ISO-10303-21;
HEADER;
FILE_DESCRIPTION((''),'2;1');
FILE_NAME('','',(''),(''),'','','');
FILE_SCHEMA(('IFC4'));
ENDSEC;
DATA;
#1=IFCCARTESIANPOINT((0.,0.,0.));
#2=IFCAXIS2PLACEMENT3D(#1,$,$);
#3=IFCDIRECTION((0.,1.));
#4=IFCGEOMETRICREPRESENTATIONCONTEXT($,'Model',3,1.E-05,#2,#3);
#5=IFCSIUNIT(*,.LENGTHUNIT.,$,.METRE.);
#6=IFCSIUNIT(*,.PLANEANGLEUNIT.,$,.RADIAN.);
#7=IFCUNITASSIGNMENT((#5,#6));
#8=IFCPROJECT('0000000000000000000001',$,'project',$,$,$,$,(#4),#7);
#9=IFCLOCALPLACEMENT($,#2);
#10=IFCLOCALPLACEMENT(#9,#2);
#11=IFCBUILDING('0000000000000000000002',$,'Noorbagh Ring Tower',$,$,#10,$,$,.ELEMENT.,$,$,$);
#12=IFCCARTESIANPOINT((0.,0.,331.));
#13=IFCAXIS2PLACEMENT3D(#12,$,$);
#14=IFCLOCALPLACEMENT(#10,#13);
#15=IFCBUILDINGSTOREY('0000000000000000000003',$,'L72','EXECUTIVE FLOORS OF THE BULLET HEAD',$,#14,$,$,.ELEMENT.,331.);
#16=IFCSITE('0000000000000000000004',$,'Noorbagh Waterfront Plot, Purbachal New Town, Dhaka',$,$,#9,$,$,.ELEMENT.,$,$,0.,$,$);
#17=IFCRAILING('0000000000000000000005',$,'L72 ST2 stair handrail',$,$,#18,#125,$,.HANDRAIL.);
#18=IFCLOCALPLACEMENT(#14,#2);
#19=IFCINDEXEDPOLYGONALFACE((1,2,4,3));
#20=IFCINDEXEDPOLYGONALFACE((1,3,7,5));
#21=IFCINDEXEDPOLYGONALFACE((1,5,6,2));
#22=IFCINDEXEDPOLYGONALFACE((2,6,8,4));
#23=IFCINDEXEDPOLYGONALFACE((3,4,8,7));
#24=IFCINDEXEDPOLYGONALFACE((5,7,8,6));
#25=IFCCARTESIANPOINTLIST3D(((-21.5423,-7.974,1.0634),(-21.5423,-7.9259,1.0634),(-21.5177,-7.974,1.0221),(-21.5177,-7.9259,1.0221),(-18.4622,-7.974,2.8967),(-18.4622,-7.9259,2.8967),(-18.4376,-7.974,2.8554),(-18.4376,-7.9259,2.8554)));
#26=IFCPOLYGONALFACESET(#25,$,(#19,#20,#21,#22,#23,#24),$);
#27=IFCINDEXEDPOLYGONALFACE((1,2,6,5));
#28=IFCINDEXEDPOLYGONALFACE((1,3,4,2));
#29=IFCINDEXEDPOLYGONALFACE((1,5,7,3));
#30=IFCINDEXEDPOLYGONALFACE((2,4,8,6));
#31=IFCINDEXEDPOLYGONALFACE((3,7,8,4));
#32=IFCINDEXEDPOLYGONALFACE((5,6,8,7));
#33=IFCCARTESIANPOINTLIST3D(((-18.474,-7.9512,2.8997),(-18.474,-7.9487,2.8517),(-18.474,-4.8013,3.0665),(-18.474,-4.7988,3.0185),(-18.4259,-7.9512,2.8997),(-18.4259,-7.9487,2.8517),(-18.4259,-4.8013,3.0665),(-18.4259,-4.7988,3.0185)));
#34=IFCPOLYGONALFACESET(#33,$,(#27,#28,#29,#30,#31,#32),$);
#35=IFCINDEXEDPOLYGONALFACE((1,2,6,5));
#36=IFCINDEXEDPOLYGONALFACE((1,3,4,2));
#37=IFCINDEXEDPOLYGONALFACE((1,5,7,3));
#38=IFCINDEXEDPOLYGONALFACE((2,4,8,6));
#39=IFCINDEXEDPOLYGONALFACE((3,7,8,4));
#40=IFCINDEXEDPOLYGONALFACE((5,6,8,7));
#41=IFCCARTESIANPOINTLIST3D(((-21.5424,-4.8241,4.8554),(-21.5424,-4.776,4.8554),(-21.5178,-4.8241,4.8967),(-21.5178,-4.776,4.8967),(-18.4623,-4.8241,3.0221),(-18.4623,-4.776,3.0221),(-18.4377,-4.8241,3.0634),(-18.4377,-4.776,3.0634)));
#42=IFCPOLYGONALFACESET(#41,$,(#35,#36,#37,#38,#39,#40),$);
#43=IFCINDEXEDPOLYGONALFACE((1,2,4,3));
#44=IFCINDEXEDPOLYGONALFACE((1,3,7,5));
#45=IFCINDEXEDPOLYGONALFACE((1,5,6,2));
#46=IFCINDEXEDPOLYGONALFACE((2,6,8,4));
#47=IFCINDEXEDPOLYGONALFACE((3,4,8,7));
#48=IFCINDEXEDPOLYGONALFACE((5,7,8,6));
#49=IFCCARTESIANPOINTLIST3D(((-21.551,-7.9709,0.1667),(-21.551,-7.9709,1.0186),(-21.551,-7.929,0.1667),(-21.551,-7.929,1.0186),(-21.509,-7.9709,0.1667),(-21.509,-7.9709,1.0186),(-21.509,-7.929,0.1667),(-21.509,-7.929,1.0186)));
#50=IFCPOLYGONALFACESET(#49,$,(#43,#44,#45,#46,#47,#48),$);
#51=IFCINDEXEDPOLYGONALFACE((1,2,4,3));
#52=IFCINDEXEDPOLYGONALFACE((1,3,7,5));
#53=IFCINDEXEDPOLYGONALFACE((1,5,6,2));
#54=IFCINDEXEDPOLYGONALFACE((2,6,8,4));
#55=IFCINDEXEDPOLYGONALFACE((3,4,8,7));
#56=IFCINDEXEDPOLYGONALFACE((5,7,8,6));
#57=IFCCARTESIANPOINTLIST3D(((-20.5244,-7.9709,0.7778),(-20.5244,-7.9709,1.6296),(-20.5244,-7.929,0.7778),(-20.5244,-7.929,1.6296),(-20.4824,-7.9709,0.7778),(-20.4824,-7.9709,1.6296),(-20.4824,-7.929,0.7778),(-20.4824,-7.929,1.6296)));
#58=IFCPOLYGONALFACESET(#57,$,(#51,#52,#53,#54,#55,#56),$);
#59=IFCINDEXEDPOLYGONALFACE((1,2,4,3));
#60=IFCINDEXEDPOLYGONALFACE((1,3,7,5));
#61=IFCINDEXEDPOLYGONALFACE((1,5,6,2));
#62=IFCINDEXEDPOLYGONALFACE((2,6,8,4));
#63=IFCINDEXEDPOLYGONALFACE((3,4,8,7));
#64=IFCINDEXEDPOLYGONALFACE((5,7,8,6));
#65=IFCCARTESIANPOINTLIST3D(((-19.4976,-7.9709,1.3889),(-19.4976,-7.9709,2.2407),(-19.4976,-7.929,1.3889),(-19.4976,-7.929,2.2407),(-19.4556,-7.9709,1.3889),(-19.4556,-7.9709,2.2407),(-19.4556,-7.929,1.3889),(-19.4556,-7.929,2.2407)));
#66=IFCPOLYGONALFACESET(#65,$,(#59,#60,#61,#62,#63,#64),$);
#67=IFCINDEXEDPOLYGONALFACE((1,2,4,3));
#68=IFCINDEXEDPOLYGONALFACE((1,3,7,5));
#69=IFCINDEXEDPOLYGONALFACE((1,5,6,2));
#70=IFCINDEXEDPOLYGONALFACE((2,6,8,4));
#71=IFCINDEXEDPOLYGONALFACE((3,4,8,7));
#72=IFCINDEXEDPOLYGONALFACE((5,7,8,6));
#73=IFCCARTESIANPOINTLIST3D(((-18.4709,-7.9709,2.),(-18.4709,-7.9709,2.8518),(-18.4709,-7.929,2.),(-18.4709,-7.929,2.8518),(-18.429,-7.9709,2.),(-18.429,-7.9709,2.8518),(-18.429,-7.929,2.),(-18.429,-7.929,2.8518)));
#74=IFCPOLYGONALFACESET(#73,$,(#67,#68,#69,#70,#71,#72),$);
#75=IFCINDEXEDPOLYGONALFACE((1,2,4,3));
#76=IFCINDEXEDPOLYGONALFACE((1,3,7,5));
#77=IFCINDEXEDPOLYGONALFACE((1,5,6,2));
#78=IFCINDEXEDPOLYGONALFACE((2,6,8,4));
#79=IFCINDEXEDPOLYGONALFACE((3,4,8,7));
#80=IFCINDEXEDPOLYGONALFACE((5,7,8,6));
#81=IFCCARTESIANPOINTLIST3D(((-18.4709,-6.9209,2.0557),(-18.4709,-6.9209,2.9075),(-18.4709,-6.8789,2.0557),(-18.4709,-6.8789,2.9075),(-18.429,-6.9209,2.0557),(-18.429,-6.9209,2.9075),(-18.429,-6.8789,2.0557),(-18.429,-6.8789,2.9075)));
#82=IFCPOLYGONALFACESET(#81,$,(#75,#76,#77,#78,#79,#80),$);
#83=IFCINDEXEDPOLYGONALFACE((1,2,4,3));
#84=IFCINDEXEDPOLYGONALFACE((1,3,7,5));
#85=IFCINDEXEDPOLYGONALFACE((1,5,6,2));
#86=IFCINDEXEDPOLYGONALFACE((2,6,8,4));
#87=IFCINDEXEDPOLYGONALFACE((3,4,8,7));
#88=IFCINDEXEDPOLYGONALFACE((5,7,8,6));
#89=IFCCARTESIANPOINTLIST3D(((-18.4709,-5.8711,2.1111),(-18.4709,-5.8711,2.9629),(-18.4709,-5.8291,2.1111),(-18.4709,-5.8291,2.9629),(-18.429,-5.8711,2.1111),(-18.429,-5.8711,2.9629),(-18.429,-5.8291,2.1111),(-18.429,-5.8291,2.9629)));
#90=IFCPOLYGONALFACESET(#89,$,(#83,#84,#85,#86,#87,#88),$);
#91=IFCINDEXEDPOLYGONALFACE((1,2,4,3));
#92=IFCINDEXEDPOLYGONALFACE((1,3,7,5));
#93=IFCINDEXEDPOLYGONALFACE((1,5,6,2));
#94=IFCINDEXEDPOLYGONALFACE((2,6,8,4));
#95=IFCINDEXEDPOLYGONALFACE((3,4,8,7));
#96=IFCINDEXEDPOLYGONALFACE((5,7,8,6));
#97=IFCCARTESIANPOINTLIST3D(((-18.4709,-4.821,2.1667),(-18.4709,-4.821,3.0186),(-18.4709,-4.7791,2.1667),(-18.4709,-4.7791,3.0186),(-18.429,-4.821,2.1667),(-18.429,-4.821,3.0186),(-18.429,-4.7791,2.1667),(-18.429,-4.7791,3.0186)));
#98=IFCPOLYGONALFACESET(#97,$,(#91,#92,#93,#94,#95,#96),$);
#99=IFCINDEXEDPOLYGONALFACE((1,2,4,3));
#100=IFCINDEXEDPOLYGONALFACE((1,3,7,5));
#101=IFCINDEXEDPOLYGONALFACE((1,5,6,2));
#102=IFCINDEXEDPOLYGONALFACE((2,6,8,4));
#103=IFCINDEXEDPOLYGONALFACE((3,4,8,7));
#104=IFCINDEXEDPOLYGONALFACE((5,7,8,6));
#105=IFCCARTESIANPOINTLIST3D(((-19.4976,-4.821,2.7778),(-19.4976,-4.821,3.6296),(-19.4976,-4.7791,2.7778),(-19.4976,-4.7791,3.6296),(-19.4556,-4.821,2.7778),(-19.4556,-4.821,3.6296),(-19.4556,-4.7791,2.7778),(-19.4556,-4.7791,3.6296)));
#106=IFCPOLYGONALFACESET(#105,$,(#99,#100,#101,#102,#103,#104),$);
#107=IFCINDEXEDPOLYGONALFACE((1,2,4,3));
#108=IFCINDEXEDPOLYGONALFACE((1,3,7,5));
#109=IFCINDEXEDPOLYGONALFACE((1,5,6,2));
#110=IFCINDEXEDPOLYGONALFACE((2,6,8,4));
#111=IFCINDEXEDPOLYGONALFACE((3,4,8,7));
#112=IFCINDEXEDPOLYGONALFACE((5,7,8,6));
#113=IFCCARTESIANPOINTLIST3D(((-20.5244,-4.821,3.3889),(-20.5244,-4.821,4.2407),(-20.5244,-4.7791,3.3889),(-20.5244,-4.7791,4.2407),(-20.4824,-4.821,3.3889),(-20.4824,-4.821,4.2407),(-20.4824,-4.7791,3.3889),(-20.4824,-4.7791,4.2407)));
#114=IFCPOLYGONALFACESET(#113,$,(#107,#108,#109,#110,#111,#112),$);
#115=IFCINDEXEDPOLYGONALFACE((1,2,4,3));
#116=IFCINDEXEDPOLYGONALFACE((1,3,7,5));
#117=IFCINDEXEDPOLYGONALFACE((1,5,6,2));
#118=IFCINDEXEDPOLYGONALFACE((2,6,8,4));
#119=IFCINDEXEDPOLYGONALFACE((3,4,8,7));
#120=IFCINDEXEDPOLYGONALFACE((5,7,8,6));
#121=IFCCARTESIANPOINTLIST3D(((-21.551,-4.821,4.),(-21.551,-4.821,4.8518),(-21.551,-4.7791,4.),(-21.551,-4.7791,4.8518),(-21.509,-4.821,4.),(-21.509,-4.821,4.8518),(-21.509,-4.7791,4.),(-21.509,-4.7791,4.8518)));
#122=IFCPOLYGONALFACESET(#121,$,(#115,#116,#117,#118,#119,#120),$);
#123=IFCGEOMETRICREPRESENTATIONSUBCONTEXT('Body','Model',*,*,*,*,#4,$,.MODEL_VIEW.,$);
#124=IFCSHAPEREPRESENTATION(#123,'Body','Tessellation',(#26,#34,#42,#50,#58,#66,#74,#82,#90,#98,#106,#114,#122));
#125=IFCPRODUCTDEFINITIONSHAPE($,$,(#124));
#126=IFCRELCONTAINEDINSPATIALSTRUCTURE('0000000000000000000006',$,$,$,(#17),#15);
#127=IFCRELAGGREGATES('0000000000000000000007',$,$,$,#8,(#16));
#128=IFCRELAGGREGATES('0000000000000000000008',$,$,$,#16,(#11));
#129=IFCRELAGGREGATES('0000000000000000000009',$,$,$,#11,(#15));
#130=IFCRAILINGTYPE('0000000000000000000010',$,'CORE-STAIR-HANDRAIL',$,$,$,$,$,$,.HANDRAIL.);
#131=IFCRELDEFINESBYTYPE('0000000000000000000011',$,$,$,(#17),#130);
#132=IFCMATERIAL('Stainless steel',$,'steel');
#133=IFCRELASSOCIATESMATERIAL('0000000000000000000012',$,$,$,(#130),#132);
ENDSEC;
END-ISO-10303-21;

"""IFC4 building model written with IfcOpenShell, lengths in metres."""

from ifc_helpers import new_model, si_unit, direction, frame, origin, origin_2d, place, context, subcontext, project, spatial, rectangle, extrude, material, type_object, element, save


model = new_model("IFC4")

# Units and contexts
model_context = context("Model", 3, precision=1e-05, world=origin(), true_north=direction((0.0, 1.0)))
body_context = subcontext(model_context, "Body", "Model", "MODEL_VIEW")
ifc_project = project(units=[si_unit("LENGTHUNIT", "METRE"), si_unit("PLANEANGLEUNIT", "RADIAN")], contexts=[model_context])

# Site, building, storey
site_placement = place(None, origin())
site = spatial("IfcSite", under=ifc_project, at=site_placement, Name="Noorbagh Waterfront Plot, Purbachal New Town, Dhaka", CompositionType="ELEMENT", RefElevation=0.0)
building_placement = place(site_placement, origin())
building = spatial("IfcBuilding", under=site, at=building_placement, Name="Noorbagh Ring Tower", CompositionType="ELEMENT")
storey_placement = place(building_placement, frame((0.0, 0.0, 331.0)))
storey = spatial("IfcBuildingStorey", under=building, at=storey_placement, Name="L72", Description="EXECUTIVE FLOORS OF THE BULLET HEAD", CompositionType="ELEMENT", Elevation=331.0)

# Railing
ifc_material_1 = material(Name="Stainless steel", Category="steel")
railing_type_1 = type_object("IfcRailingType", Name="CORE-STAIR-HANDRAIL", PredefinedType="HANDRAIL", material=ifc_material_1)
railing_1_placement = place(storey_placement, frame((-21.53, -7.95, 0.1667)))
element("IfcRailing", 1, at=railing_1_placement, inside=storey, type_object=railing_type_1, Name="L72 ST2 stair handrail", PredefinedType="HANDRAIL", context=body_context, shape_type="SweptSolid", body=[
    extrude(rectangle(XDim=0.0481, YDim=0.0481, at=origin_2d()), frame((0.0, 0.0, 0.876), z_axis=(0.859309, 0.0, 0.511458), x_axis=(0.0, 1.0, 0.0)), (0.0, 0.0, 1.0), 3.5845),
    extrude(rectangle(XDim=0.0481, YDim=0.0481, at=origin_2d()), frame((3.0801, 0.0, 2.709), z_axis=(0.0, 0.998602, 0.052864), x_axis=(-1.0, 0.0, 0.0)), (0.0, 0.0, 1.0), 3.1543),
    extrude(rectangle(XDim=0.0481, YDim=0.0481, at=origin_2d()), frame((3.0801, 3.1499, 2.876), z_axis=(-0.859309, 0.0, 0.511458), x_axis=(0.0, -1.0, 0.0)), (0.0, 0.0, 1.0), 3.5845),
    extrude(rectangle(XDim=0.042, YDim=0.042, at=origin_2d()), origin(), (0.0, 0.0, 1.0), 0.8518),
    extrude(rectangle(XDim=0.042, YDim=0.042, at=origin_2d()), frame((1.0266, 0.0, 0.6111)), (0.0, 0.0, 1.0), 0.8518),
    extrude(rectangle(XDim=0.042, YDim=0.042, at=origin_2d()), frame((2.0535, 0.0, 1.2222)), (0.0, 0.0, 1.0), 0.8518),
    extrude(rectangle(XDim=0.042, YDim=0.042, at=origin_2d()), frame((3.0801, 0.0, 1.8333)), (0.0, 0.0, 1.0), 0.8518),
    extrude(rectangle(XDim=0.042, YDim=0.042, at=origin_2d()), frame((3.0801, 1.05, 1.8889)), (0.0, 0.0, 1.0), 0.8518),
    extrude(rectangle(XDim=0.042, YDim=0.042, at=origin_2d()), frame((3.0801, 2.0999, 1.9443)), (0.0, 0.0, 1.0), 0.8518),
    extrude(rectangle(XDim=0.042, YDim=0.042, at=origin_2d()), frame((3.0801, 3.1499, 2.0)), (0.0, 0.0, 1.0), 0.8518),
    extrude(rectangle(XDim=0.042, YDim=0.042, at=origin_2d()), frame((2.0535, 3.1499, 2.6111)), (0.0, 0.0, 1.0), 0.8518),
    extrude(rectangle(XDim=0.042, YDim=0.042, at=origin_2d()), frame((1.0266, 3.1499, 3.2222)), (0.0, 0.0, 1.0), 0.8518),
    extrude(rectangle(XDim=0.042, YDim=0.042, at=origin_2d()), frame((0.0, 3.1499, 3.8333)), (0.0, 0.0, 1.0), 0.8518),
])

save(model, "model.ifc")
